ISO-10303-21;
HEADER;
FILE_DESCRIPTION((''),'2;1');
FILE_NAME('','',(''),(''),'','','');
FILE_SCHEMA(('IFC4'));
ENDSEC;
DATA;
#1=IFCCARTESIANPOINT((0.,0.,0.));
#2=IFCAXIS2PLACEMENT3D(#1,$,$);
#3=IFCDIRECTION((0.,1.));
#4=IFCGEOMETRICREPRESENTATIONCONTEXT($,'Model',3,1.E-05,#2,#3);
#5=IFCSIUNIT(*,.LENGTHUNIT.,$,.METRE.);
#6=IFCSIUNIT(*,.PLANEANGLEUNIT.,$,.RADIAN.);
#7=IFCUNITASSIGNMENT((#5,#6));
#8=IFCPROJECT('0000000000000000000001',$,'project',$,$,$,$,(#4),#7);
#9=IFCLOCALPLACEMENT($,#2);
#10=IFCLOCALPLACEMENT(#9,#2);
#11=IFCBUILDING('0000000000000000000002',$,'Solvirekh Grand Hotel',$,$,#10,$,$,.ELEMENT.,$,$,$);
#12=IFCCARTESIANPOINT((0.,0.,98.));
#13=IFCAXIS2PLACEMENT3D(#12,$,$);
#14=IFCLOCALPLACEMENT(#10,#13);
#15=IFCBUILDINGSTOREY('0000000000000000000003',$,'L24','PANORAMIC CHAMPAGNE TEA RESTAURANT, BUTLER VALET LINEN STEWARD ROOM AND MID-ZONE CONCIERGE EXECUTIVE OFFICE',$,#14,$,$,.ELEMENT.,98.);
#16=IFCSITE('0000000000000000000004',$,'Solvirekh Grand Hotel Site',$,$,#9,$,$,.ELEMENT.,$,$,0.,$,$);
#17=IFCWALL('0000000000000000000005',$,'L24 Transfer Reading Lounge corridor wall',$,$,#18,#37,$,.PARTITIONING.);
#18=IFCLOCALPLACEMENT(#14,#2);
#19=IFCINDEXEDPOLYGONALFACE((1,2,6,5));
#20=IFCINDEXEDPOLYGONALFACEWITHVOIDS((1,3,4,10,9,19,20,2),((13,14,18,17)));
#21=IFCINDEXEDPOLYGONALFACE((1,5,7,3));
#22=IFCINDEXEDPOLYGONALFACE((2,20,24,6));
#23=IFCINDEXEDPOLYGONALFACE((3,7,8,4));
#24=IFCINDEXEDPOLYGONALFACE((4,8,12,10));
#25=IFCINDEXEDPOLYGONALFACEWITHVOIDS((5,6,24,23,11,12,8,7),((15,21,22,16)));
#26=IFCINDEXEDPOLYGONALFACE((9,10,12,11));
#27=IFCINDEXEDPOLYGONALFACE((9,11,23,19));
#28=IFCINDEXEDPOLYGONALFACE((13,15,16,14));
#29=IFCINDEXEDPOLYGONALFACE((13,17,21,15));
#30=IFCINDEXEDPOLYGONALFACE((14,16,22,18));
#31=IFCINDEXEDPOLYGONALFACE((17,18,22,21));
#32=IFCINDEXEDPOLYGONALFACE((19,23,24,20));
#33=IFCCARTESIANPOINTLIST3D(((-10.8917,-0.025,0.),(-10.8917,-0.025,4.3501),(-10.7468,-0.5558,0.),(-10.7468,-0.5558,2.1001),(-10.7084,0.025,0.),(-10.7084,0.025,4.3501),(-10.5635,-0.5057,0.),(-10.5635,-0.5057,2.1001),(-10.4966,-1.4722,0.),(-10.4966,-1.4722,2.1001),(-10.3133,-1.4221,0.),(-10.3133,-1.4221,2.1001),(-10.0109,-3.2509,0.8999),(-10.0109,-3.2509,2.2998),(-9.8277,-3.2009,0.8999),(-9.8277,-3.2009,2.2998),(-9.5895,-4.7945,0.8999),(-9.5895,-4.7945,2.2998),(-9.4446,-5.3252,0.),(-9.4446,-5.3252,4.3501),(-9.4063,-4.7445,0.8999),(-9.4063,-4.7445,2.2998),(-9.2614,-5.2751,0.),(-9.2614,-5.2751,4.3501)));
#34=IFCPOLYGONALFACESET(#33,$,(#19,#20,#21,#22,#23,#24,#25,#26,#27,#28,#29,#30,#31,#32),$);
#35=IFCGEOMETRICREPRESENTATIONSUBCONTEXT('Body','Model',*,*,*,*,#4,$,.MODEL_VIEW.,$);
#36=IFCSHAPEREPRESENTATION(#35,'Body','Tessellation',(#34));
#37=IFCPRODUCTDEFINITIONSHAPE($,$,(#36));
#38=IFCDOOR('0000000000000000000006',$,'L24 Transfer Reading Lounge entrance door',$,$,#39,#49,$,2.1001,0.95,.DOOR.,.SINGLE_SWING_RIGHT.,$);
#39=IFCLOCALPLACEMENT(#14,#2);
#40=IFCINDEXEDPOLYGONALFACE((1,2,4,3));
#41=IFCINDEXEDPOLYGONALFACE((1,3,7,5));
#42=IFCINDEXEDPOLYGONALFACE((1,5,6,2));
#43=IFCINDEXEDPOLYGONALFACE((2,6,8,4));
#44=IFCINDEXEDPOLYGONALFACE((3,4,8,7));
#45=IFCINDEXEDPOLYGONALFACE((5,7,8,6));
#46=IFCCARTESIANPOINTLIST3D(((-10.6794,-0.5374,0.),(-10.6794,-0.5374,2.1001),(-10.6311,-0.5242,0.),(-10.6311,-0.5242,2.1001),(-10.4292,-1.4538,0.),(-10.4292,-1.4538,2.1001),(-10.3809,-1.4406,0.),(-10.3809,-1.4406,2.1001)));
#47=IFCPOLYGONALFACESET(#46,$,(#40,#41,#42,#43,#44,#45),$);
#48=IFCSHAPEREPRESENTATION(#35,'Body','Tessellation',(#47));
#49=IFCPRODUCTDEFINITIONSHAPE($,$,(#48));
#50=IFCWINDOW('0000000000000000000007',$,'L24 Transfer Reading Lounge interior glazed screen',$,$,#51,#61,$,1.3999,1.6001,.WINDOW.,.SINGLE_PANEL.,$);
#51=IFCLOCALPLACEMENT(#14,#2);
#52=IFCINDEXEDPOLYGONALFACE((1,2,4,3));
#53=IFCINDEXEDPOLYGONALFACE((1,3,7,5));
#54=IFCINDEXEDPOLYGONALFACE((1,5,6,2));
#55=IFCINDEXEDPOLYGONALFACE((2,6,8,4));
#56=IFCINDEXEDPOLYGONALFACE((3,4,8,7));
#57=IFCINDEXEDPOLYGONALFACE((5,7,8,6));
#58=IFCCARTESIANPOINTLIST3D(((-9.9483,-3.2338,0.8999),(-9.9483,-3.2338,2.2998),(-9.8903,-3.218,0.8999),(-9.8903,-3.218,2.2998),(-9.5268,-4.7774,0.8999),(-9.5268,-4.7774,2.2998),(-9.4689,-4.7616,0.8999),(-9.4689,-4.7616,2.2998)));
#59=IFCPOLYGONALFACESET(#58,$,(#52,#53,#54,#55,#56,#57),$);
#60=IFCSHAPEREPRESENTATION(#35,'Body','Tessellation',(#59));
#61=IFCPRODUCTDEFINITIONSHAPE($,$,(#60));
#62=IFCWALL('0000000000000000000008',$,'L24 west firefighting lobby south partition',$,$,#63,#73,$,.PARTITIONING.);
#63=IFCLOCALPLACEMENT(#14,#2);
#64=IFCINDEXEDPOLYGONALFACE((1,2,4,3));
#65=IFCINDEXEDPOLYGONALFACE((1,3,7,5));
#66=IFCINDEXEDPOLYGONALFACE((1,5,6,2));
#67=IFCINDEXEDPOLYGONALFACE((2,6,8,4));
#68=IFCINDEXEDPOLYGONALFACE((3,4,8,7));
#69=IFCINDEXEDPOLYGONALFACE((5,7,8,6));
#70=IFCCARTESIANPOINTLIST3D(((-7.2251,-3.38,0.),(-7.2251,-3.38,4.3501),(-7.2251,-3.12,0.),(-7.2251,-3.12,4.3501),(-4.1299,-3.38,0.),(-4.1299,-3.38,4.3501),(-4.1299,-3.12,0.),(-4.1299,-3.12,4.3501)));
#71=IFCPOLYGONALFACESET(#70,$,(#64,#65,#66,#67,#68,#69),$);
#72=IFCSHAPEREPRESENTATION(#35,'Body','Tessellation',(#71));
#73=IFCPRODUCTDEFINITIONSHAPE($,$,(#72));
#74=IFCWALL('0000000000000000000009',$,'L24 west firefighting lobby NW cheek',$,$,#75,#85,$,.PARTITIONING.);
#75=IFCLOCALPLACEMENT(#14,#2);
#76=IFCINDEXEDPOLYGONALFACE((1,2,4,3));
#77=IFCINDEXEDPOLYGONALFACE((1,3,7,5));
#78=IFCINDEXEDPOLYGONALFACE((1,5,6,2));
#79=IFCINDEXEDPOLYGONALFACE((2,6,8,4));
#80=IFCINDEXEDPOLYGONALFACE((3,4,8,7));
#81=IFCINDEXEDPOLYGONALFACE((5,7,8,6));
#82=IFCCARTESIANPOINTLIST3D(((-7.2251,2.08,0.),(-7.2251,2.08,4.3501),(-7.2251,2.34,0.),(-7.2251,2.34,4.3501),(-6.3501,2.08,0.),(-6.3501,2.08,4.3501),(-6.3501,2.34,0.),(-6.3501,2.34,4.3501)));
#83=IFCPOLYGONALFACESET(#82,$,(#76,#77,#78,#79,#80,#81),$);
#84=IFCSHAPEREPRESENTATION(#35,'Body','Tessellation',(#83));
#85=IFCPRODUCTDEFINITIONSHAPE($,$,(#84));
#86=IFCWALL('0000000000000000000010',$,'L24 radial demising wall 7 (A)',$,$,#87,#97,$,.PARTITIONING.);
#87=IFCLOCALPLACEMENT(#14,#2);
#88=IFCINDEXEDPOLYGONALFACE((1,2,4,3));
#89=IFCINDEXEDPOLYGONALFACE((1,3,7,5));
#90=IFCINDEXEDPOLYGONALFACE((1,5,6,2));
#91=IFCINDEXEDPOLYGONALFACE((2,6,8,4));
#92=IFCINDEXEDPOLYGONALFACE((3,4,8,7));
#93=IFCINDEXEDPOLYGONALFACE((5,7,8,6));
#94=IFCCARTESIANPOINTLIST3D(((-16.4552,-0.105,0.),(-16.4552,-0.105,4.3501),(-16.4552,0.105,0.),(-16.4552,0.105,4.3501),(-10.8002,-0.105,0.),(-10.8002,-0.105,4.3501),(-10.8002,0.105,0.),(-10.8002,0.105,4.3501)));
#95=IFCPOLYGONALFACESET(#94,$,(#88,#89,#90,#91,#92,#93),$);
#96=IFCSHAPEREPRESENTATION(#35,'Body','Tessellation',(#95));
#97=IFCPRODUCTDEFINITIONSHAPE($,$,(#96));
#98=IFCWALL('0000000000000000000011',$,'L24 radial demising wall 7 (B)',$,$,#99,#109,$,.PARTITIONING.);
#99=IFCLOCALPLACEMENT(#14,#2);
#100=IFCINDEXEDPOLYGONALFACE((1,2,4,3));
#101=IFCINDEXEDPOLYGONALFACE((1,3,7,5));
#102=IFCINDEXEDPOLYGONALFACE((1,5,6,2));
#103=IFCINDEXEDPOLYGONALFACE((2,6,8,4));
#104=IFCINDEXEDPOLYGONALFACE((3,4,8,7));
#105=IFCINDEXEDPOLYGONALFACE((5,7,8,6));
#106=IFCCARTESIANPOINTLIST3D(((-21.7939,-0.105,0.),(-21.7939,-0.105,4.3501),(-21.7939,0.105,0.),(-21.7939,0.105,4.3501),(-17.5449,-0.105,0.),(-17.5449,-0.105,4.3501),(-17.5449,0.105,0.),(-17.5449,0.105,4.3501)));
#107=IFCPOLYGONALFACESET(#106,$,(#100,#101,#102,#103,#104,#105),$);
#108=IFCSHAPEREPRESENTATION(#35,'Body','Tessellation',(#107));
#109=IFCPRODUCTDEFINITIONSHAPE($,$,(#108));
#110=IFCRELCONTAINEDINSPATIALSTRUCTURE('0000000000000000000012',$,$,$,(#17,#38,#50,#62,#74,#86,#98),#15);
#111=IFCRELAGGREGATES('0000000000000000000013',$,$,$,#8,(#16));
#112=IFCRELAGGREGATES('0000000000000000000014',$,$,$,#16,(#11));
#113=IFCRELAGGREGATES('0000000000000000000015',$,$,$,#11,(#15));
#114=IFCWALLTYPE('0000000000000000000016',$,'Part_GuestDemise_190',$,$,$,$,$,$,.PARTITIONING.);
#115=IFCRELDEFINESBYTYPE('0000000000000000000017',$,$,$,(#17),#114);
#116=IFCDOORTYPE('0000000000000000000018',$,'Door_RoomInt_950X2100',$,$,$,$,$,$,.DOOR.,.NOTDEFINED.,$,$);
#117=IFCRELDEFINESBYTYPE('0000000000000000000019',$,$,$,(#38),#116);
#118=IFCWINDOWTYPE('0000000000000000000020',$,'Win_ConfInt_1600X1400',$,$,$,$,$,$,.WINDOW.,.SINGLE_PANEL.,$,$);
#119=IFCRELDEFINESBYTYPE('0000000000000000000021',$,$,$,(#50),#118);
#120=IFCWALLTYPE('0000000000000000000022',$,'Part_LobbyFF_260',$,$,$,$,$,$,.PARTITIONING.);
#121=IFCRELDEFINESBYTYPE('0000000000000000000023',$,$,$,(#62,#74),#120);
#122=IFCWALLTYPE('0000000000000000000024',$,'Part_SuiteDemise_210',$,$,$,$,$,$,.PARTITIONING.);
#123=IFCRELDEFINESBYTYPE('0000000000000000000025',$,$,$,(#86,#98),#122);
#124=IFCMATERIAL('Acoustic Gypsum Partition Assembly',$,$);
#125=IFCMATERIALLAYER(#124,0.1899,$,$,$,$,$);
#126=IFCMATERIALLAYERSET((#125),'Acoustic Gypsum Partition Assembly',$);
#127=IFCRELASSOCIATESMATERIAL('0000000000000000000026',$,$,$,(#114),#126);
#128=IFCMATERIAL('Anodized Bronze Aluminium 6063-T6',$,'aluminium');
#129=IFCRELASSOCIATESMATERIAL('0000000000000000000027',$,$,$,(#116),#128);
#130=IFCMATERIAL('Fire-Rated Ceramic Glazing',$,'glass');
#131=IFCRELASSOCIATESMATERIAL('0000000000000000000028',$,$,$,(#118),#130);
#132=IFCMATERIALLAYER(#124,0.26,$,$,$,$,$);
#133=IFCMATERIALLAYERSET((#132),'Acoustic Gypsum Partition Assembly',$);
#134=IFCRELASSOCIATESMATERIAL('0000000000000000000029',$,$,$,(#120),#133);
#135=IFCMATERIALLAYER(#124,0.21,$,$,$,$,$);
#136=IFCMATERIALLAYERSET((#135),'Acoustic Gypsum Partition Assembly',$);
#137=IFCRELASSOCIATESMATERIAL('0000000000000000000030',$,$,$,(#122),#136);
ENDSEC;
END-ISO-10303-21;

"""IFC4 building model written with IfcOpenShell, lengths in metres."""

from ifc_helpers import new_model, si_unit, direction, frame, frame_2d, origin, place, context, subcontext, project, spatial, rectangle, extrude, material, layer, layer_set, type_object, element, fill, save


model = new_model("IFC4")

# Units and contexts
model_context = context("Model", 3, precision=1e-05, world=origin(), true_north=direction((0.0, 1.0)))
body_context = subcontext(model_context, "Body", "Model", "MODEL_VIEW")
ifc_project = project(units=[si_unit("LENGTHUNIT", "METRE"), si_unit("PLANEANGLEUNIT", "RADIAN")], contexts=[model_context])

# Site, building, storey
site_placement = place(None, origin())
site = spatial("IfcSite", under=ifc_project, at=site_placement, Name="Solvirekh Grand Hotel Site", CompositionType="ELEMENT", RefElevation=0.0)
building_placement = place(site_placement, origin())
building = spatial("IfcBuilding", under=site, at=building_placement, Name="Solvirekh Grand Hotel", CompositionType="ELEMENT")
storey_placement = place(building_placement, frame((0.0, 0.0, 98.0)))
storey = spatial("IfcBuildingStorey", under=building, at=storey_placement, Name="L24", Description="PANORAMIC CHAMPAGNE TEA RESTAURANT, BUTLER VALET LINEN STEWARD ROOM AND MID-ZONE CONCIERGE EXECUTIVE OFFICE", CompositionType="ELEMENT", Elevation=98.0)

# Shared definitions
ifc_material_1 = material(Name="Anodized Bronze Aluminium 6063-T6", Category="aluminium")

# Shared definitions
ifc_material_2 = material(Name="Acoustic Gypsum Partition Assembly")

# Wall, openings, door, window
ifc_layer_1 = layer(ifc_material_2, 0.1899)
ifc_layer_set_1 = layer_set([ifc_layer_1], Name="Acoustic Gypsum Partition Assembly")
wall_type_1 = type_object("IfcWallType", Name="Part_GuestDemise_190", PredefinedType="PARTITIONING", material=ifc_layer_set_1)
wall_1_placement = place(storey_placement, frame((-10.8, 0.0, 0.0), z_axis=(0.0, 0.0, 1.0), x_axis=(0.263381, -0.964692, 0.0)))
wall_1 = element("IfcWall", 1, at=wall_1_placement, inside=storey, type_object=wall_type_1, Name="L24 Transfer Reading Lounge corridor wall", PredefinedType="PARTITIONING", context=body_context, shape_type="SweptSolid", body=[
    extrude(rectangle(XDim=5.4941, YDim=0.1899, at=frame_2d((2.7471, 0.0))), origin(), (0.0, 0.0, 1.0), 4.3501),
])
opening_1_placement = place(wall_1_placement, frame((0.55, 0.0, 0.0)))
opening_1 = element("IfcOpeningElement", 2, at=opening_1_placement, cuts=wall_1, PredefinedType="OPENING", context=body_context, shape_type="SweptSolid", body=[
    extrude(rectangle(XDim=0.95, YDim=2.1001, at=frame_2d((0.4751, 1.05))), frame((0.0, 0.105, 0.0), z_axis=(0.0, -1.0, 0.0), x_axis=(1.0, 0.0, 0.0)), (0.0, 0.0, 1.0), 0.21),
])
opening_2_placement = place(wall_1_placement, frame((3.344, 0.0, 0.8999)))
opening_2 = element("IfcOpeningElement", 3, at=opening_2_placement, cuts=wall_1, PredefinedType="OPENING", context=body_context, shape_type="SweptSolid", body=[
    extrude(rectangle(XDim=1.6001, YDim=1.3999, at=frame_2d((0.8, 0.7))), frame((0.0, 0.105, 0.0), z_axis=(0.0, -1.0, 0.0), x_axis=(1.0, 0.0, 0.0)), (0.0, 0.0, 1.0), 0.21),
])
door_type_1 = type_object("IfcDoorType", Name="Door_RoomInt_950X2100", OperationType="NOTDEFINED", PredefinedType="DOOR", material=ifc_material_1)
door_1_placement = place(opening_1_placement, origin())
door_1 = element("IfcDoor", 4, at=door_1_placement, inside=storey, type_object=door_type_1, Name="L24 Transfer Reading Lounge entrance door", OperationType="SINGLE_SWING_RIGHT", OverallHeight=2.1001, OverallWidth=0.95, PredefinedType="DOOR", context=body_context, shape_type="SweptSolid", body=[
    extrude(rectangle(XDim=0.95, YDim=2.1001, at=frame_2d((0.4751, 1.05))), frame((0.0, 0.0249, 0.0), z_axis=(0.0, -1.0, 0.0), x_axis=(1.0, 0.0, 0.0)), (0.0, 0.0, 1.0), 0.05),
])
fill(opening_1, door_1)
ifc_material_3 = material(Name="Fire-Rated Ceramic Glazing", Category="glass")
window_type = type_object("IfcWindowType", Name="Win_ConfInt_1600X1400", PartitioningType="SINGLE_PANEL", PredefinedType="WINDOW", material=ifc_material_3)
window_placement = place(opening_2_placement, origin())
window = element("IfcWindow", 5, at=window_placement, inside=storey, type_object=window_type, Name="L24 Transfer Reading Lounge interior glazed screen", OverallHeight=1.3999, OverallWidth=1.6001, PartitioningType="SINGLE_PANEL", PredefinedType="WINDOW", context=body_context, shape_type="SweptSolid", body=[
    extrude(rectangle(XDim=1.6001, YDim=1.3999, at=frame_2d((0.8, 0.7))), frame((0.0, 0.03, 0.0), z_axis=(0.0, -1.0, 0.0), x_axis=(1.0, 0.0, 0.0)), (0.0, 0.0, 1.0), 0.0601),
])
fill(opening_2, window)

# Walls
ifc_layer_2 = layer(ifc_material_2, 0.26)
ifc_layer_set_2 = layer_set([ifc_layer_2], Name="Acoustic Gypsum Partition Assembly")
wall_type_2 = type_object("IfcWallType", Name="Part_LobbyFF_260", PredefinedType="PARTITIONING", material=ifc_layer_set_2)
wall_2_placement = place(storey_placement, frame((-7.2251, -3.25, 0.0), z_axis=(0.0, 0.0, 1.0), x_axis=(1.0, 0.0, 0.0)))
element("IfcWall", 6, at=wall_2_placement, inside=storey, type_object=wall_type_2, Name="L24 west firefighting lobby south partition", PredefinedType="PARTITIONING", context=body_context, shape_type="SweptSolid", body=[
    extrude(rectangle(XDim=3.0952, YDim=0.26, at=frame_2d((1.5476, 0.0))), origin(), (0.0, 0.0, 1.0), 4.3501),
])
wall_3_placement = place(storey_placement, frame((-7.2251, 2.21, 0.0), z_axis=(0.0, 0.0, 1.0), x_axis=(1.0, 0.0, 0.0)))
element("IfcWall", 7, at=wall_3_placement, inside=storey, type_object=wall_type_2, Name="L24 west firefighting lobby NW cheek", PredefinedType="PARTITIONING", context=body_context, shape_type="SweptSolid", body=[
    extrude(rectangle(XDim=0.875, YDim=0.26, at=frame_2d((0.4375, 0.0))), origin(), (0.0, 0.0, 1.0), 4.3501),
])
ifc_layer_3 = layer(ifc_material_2, 0.21)
ifc_layer_set_3 = layer_set([ifc_layer_3], Name="Acoustic Gypsum Partition Assembly")
wall_type_3 = type_object("IfcWallType", Name="Part_SuiteDemise_210", PredefinedType="PARTITIONING", material=ifc_layer_set_3)
wall_4_placement = place(storey_placement, frame((-10.8, 0.0, 0.0), z_axis=(0.0, 0.0, 1.0), x_axis=(-1.0, 0.0, 0.0)))
element("IfcWall", 8, at=wall_4_placement, inside=storey, type_object=wall_type_3, Name="L24 radial demising wall 7 (A)", PredefinedType="PARTITIONING", context=body_context, shape_type="SweptSolid", body=[
    extrude(rectangle(XDim=5.655, YDim=0.21, at=frame_2d((2.8276, 0.0))), origin(), (0.0, 0.0, 1.0), 4.3501),
])
wall_5_placement = place(storey_placement, frame((-17.5449, 0.0, 0.0), z_axis=(0.0, 0.0, 1.0), x_axis=(-1.0, 0.0, 0.0)))
element("IfcWall", 9, at=wall_5_placement, inside=storey, type_object=wall_type_3, Name="L24 radial demising wall 7 (B)", PredefinedType="PARTITIONING", context=body_context, shape_type="SweptSolid", body=[
    extrude(rectangle(XDim=4.249, YDim=0.21, at=frame_2d((2.1245, 0.0))), origin(), (0.0, 0.0, 1.0), 4.3501),
])

save(model, "model.ifc")
